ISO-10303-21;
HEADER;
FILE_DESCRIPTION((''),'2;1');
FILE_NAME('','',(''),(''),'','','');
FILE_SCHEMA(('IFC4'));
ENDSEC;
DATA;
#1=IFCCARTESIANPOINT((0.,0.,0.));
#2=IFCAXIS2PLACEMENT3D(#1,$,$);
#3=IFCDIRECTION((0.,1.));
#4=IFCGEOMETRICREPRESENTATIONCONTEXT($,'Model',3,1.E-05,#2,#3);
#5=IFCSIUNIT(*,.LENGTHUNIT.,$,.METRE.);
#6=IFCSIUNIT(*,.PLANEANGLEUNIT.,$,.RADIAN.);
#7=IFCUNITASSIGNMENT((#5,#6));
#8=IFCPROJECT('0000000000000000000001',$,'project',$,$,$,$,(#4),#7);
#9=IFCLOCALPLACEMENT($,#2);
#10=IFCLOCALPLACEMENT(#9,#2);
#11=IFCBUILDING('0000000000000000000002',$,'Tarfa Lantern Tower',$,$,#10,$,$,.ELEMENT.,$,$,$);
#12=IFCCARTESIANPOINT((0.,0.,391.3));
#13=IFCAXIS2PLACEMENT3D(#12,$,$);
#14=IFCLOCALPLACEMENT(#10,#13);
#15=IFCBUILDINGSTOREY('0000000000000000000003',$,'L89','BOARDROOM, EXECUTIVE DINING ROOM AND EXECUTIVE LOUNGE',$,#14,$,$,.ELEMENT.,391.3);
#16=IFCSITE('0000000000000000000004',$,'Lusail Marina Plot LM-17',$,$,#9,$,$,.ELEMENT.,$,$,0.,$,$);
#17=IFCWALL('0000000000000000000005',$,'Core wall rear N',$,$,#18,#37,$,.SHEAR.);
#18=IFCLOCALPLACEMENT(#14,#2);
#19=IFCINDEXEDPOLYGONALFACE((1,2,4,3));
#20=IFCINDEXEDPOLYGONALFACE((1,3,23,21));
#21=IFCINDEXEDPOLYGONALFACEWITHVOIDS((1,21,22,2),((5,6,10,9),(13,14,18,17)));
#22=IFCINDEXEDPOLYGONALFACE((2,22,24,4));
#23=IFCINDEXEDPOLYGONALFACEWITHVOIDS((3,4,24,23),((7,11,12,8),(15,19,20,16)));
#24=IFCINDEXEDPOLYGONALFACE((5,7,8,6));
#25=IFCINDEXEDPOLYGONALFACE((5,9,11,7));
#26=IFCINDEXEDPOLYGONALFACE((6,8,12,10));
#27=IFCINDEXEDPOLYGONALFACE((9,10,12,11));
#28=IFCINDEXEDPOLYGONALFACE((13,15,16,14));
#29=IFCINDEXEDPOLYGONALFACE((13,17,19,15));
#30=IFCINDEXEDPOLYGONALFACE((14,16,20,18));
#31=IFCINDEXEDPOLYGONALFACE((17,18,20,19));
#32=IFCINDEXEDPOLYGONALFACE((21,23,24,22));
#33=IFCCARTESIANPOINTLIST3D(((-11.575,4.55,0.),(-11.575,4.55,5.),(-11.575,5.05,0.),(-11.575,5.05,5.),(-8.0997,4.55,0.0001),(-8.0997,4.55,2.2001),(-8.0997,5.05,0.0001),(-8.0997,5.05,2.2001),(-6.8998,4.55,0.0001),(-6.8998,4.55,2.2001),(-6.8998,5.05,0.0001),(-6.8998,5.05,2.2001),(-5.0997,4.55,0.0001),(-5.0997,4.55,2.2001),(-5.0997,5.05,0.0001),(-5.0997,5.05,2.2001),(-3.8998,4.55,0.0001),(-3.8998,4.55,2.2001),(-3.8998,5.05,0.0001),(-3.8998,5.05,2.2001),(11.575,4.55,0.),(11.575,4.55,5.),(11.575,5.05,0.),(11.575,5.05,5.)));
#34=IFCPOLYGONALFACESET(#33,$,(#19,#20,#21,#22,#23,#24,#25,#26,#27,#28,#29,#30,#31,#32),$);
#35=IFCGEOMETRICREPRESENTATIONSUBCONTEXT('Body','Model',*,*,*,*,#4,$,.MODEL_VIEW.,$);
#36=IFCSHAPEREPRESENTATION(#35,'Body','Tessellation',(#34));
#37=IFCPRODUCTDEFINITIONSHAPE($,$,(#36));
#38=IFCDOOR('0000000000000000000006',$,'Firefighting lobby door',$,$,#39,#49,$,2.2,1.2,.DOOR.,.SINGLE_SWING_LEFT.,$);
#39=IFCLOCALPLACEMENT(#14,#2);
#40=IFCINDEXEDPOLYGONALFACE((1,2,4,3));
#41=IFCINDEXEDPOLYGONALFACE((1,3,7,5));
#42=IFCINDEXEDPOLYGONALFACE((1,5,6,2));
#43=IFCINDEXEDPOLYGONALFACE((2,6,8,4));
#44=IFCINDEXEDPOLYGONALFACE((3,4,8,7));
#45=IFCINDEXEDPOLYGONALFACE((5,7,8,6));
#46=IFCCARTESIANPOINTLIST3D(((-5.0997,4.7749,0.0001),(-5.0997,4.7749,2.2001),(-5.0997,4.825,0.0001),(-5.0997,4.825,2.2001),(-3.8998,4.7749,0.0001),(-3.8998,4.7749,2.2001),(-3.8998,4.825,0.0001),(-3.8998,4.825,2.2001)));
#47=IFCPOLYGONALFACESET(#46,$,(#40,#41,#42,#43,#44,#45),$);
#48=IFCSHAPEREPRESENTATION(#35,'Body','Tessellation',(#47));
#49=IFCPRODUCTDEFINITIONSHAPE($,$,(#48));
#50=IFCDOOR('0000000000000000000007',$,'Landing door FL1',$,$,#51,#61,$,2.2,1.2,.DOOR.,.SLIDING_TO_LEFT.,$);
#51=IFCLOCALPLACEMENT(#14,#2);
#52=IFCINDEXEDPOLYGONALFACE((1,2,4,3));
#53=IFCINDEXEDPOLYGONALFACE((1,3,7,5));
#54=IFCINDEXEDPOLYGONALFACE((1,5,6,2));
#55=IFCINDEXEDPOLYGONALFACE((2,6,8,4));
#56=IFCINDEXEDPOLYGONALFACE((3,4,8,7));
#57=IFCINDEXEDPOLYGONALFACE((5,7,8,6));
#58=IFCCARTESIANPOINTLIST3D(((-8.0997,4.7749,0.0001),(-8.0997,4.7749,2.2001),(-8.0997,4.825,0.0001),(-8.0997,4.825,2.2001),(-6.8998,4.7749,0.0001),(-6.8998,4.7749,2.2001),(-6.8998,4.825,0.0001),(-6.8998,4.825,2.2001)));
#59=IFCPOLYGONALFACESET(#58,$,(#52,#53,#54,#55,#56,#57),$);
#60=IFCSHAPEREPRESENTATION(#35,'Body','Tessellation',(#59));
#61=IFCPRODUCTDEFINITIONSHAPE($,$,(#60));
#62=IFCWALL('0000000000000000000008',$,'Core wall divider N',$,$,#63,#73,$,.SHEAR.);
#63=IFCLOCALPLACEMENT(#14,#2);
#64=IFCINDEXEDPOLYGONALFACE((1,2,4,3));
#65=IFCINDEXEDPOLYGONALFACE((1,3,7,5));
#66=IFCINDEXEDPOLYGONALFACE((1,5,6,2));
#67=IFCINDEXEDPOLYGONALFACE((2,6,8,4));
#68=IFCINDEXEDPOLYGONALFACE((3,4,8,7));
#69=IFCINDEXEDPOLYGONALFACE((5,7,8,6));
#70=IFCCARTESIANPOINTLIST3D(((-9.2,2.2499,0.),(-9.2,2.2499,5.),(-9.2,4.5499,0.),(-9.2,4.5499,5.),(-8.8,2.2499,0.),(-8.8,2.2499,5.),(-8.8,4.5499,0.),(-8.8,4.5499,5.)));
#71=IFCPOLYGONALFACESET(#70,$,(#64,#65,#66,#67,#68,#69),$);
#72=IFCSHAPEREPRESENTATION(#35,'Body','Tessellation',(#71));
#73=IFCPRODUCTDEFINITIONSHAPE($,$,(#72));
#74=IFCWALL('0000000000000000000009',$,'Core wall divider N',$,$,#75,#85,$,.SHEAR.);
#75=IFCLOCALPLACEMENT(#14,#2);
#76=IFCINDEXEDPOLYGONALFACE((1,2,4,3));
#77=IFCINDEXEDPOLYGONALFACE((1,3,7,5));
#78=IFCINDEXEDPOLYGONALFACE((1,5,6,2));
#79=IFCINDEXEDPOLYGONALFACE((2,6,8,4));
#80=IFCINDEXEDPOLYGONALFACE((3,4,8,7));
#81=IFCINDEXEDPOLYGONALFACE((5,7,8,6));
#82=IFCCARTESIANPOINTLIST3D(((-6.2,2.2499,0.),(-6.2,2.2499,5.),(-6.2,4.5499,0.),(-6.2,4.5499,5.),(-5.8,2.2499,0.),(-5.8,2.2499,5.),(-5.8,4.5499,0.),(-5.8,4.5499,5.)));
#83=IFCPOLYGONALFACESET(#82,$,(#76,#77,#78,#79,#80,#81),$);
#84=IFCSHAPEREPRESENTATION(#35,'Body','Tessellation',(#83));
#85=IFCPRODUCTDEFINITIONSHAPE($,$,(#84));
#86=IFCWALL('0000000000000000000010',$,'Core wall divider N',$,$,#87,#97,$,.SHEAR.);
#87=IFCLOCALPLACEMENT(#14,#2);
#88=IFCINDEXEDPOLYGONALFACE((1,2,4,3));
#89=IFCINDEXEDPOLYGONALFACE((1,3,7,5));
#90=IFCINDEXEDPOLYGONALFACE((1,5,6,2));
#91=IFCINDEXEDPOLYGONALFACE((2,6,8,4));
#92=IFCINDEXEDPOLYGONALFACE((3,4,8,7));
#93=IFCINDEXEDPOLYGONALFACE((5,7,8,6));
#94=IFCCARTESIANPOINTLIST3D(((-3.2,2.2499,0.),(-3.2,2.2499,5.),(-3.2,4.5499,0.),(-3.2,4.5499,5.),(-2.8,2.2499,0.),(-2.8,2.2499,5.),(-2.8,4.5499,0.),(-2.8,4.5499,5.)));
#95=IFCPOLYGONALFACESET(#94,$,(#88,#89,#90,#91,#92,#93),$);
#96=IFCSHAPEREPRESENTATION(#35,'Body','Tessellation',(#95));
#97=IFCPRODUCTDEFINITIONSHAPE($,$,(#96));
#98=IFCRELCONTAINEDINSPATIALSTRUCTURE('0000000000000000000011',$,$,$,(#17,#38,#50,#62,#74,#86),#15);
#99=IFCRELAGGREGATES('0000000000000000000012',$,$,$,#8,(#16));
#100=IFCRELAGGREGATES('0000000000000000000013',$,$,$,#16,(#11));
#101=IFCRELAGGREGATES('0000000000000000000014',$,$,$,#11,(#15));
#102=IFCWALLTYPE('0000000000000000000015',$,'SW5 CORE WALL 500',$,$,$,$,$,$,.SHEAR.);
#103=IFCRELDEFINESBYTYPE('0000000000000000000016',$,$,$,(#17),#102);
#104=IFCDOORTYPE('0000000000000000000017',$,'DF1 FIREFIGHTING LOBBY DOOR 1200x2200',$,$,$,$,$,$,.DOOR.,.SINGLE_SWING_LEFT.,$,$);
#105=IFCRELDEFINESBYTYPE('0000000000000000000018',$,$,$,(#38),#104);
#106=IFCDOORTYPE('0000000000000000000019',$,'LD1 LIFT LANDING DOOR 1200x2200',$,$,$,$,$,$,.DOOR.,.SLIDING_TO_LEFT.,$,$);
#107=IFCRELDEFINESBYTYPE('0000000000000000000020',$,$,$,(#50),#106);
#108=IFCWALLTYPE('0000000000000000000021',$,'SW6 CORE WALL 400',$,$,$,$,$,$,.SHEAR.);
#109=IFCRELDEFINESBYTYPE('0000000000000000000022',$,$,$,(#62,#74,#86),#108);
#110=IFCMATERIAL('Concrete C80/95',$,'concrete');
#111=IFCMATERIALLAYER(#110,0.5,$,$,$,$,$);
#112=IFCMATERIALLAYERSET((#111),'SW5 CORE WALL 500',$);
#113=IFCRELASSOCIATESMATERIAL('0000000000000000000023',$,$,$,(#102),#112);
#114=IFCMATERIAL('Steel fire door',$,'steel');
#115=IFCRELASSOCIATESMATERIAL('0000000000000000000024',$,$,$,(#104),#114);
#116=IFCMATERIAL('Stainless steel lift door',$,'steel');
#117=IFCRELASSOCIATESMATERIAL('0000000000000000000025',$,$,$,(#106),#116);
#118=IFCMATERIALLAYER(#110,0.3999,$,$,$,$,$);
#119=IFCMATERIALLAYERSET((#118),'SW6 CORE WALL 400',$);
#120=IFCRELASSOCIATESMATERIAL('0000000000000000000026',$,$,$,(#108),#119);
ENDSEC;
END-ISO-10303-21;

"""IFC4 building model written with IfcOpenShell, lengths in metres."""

from ifc_helpers import new_model, si_unit, direction, frame, frame_2d, origin, place, context, subcontext, project, spatial, rectangle, extrude, material, layer, layer_set, type_object, element, fill, save


model = new_model("IFC4")

# Units and contexts
model_context = context("Model", 3, precision=1e-05, world=origin(), true_north=direction((0.0, 1.0)))
body_context = subcontext(model_context, "Body", "Model", "MODEL_VIEW")
ifc_project = project(units=[si_unit("LENGTHUNIT", "METRE"), si_unit("PLANEANGLEUNIT", "RADIAN")], contexts=[model_context])

# Site, building, storey
site_placement = place(None, origin())
site = spatial("IfcSite", under=ifc_project, at=site_placement, Name="Lusail Marina Plot LM-17", CompositionType="ELEMENT", RefElevation=0.0)
building_placement = place(site_placement, origin())
building = spatial("IfcBuilding", under=site, at=building_placement, Name="Tarfa Lantern Tower", CompositionType="ELEMENT")
storey_placement = place(building_placement, frame((0.0, 0.0, 391.3)))
storey = spatial("IfcBuildingStorey", under=building, at=storey_placement, Name="L89", Description="BOARDROOM, EXECUTIVE DINING ROOM AND EXECUTIVE LOUNGE", CompositionType="ELEMENT", Elevation=391.3)

# Shared definitions
ifc_material_1 = material(Name="Concrete C80/95", Category="concrete")

# Shared definitions
ifc_material_2 = material(Name="Steel fire door", Category="steel")

# Wall, openings, doors
ifc_layer_1 = layer(ifc_material_1, 0.5)
ifc_layer_set_1 = layer_set([ifc_layer_1], Name="SW5 CORE WALL 500")
wall_type_1 = type_object("IfcWallType", Name="SW5 CORE WALL 500", PredefinedType="SHEAR", material=ifc_layer_set_1)
wall_1_placement = place(storey_placement, frame((-11.575, 4.8, 0.0), z_axis=(0.0, 0.0, 1.0), x_axis=(1.0, 0.0, 0.0)))
wall_1 = element("IfcWall", 1, at=wall_1_placement, inside=storey, type_object=wall_type_1, Name="Core wall rear N", PredefinedType="SHEAR", context=body_context, shape_type="SweptSolid", body=[
    extrude(rectangle(XDim=23.1499, YDim=0.5, at=frame_2d((11.575, 0.0))), origin(), (0.0, 0.0, 1.0), 5.0),
])
opening_1_placement = place(wall_1_placement, frame((6.4751, 0.0, 0.0)))
opening_1 = element("IfcOpeningElement", 2, at=opening_1_placement, cuts=wall_1, PredefinedType="OPENING", context=body_context, shape_type="SweptSolid", body=[
    extrude(rectangle(XDim=1.2, YDim=2.2, at=frame_2d((0.6001, 1.1001))), frame((0.0, 0.26, 0.0), z_axis=(0.0, -1.0, 0.0), x_axis=(1.0, 0.0, 0.0)), (0.0, 0.0, 1.0), 0.52),
])
opening_2_placement = place(wall_1_placement, frame((3.4751, 0.0, 0.0)))
opening_2 = element("IfcOpeningElement", 3, at=opening_2_placement, cuts=wall_1, PredefinedType="OPENING", context=body_context, shape_type="SweptSolid", body=[
    extrude(rectangle(XDim=1.2, YDim=2.2, at=frame_2d((0.6001, 1.1001))), frame((0.0, 0.26, 0.0), z_axis=(0.0, -1.0, 0.0), x_axis=(1.0, 0.0, 0.0)), (0.0, 0.0, 1.0), 0.52),
])
door_type_1 = type_object("IfcDoorType", Name="DF1 FIREFIGHTING LOBBY DOOR 1200x2200", OperationType="SINGLE_SWING_LEFT", PredefinedType="DOOR", material=ifc_material_2)
door_1_placement = place(opening_1_placement, origin())
door_1 = element("IfcDoor", 4, at=door_1_placement, inside=storey, type_object=door_type_1, Name="Firefighting lobby door", OperationType="SINGLE_SWING_LEFT", OverallHeight=2.2, OverallWidth=1.2, PredefinedType="DOOR", context=body_context, shape_type="SweptSolid", body=[
    extrude(rectangle(XDim=1.2, YDim=2.2, at=frame_2d((0.6001, 1.1001))), frame((0.0, 0.0249, 0.0), z_axis=(0.0, -1.0, 0.0), x_axis=(1.0, 0.0, 0.0)), (0.0, 0.0, 1.0), 0.05),
])
fill(opening_1, door_1)
ifc_material_3 = material(Name="Stainless steel lift door", Category="steel")
door_type_2 = type_object("IfcDoorType", Name="LD1 LIFT LANDING DOOR 1200x2200", OperationType="SLIDING_TO_LEFT", PredefinedType="DOOR", material=ifc_material_3)
door_2_placement = place(opening_2_placement, origin())
door_2 = element("IfcDoor", 5, at=door_2_placement, inside=storey, type_object=door_type_2, Name="Landing door FL1", OperationType="SLIDING_TO_LEFT", OverallHeight=2.2, OverallWidth=1.2, PredefinedType="DOOR", context=body_context, shape_type="SweptSolid", body=[
    extrude(rectangle(XDim=1.2, YDim=2.2, at=frame_2d((0.6001, 1.1001))), frame((0.0, 0.0249, 0.0), z_axis=(0.0, -1.0, 0.0), x_axis=(1.0, 0.0, 0.0)), (0.0, 0.0, 1.0), 0.05),
])
fill(opening_2, door_2)

# Walls
ifc_layer_2 = layer(ifc_material_1, 0.3999)
ifc_layer_set_2 = layer_set([ifc_layer_2], Name="SW6 CORE WALL 400")
wall_type_2 = type_object("IfcWallType", Name="SW6 CORE WALL 400", PredefinedType="SHEAR", material=ifc_layer_set_2)
for number, where, z_axis, x_axis, name in (
    (6, (-9.0, 2.25, 0.0), (0.0, 0.0, 1.0), (0.0, 1.0, 0.0), "Core wall divider N"),
    (7, (-6.0, 2.25, 0.0), (0.0, 0.0, 1.0), (0.0, 1.0, 0.0), "Core wall divider N"),
    (8, (-3.0, 2.25, 0.0), (0.0, 0.0, 1.0), (0.0, 1.0, 0.0), "Core wall divider N"),
):
    element("IfcWall", number, at=place(storey_placement, frame(where, z_axis=z_axis, x_axis=x_axis)), inside=storey, type_object=wall_type_2, Name=name, PredefinedType="SHEAR", context=body_context, shape_type="SweptSolid", body=[
        extrude(rectangle(XDim=2.3, YDim=0.3999, at=frame_2d((1.1499, 0.0))), origin(), (0.0, 0.0, 1.0), 5.0),
    ])

save(model, "model.ifc")
